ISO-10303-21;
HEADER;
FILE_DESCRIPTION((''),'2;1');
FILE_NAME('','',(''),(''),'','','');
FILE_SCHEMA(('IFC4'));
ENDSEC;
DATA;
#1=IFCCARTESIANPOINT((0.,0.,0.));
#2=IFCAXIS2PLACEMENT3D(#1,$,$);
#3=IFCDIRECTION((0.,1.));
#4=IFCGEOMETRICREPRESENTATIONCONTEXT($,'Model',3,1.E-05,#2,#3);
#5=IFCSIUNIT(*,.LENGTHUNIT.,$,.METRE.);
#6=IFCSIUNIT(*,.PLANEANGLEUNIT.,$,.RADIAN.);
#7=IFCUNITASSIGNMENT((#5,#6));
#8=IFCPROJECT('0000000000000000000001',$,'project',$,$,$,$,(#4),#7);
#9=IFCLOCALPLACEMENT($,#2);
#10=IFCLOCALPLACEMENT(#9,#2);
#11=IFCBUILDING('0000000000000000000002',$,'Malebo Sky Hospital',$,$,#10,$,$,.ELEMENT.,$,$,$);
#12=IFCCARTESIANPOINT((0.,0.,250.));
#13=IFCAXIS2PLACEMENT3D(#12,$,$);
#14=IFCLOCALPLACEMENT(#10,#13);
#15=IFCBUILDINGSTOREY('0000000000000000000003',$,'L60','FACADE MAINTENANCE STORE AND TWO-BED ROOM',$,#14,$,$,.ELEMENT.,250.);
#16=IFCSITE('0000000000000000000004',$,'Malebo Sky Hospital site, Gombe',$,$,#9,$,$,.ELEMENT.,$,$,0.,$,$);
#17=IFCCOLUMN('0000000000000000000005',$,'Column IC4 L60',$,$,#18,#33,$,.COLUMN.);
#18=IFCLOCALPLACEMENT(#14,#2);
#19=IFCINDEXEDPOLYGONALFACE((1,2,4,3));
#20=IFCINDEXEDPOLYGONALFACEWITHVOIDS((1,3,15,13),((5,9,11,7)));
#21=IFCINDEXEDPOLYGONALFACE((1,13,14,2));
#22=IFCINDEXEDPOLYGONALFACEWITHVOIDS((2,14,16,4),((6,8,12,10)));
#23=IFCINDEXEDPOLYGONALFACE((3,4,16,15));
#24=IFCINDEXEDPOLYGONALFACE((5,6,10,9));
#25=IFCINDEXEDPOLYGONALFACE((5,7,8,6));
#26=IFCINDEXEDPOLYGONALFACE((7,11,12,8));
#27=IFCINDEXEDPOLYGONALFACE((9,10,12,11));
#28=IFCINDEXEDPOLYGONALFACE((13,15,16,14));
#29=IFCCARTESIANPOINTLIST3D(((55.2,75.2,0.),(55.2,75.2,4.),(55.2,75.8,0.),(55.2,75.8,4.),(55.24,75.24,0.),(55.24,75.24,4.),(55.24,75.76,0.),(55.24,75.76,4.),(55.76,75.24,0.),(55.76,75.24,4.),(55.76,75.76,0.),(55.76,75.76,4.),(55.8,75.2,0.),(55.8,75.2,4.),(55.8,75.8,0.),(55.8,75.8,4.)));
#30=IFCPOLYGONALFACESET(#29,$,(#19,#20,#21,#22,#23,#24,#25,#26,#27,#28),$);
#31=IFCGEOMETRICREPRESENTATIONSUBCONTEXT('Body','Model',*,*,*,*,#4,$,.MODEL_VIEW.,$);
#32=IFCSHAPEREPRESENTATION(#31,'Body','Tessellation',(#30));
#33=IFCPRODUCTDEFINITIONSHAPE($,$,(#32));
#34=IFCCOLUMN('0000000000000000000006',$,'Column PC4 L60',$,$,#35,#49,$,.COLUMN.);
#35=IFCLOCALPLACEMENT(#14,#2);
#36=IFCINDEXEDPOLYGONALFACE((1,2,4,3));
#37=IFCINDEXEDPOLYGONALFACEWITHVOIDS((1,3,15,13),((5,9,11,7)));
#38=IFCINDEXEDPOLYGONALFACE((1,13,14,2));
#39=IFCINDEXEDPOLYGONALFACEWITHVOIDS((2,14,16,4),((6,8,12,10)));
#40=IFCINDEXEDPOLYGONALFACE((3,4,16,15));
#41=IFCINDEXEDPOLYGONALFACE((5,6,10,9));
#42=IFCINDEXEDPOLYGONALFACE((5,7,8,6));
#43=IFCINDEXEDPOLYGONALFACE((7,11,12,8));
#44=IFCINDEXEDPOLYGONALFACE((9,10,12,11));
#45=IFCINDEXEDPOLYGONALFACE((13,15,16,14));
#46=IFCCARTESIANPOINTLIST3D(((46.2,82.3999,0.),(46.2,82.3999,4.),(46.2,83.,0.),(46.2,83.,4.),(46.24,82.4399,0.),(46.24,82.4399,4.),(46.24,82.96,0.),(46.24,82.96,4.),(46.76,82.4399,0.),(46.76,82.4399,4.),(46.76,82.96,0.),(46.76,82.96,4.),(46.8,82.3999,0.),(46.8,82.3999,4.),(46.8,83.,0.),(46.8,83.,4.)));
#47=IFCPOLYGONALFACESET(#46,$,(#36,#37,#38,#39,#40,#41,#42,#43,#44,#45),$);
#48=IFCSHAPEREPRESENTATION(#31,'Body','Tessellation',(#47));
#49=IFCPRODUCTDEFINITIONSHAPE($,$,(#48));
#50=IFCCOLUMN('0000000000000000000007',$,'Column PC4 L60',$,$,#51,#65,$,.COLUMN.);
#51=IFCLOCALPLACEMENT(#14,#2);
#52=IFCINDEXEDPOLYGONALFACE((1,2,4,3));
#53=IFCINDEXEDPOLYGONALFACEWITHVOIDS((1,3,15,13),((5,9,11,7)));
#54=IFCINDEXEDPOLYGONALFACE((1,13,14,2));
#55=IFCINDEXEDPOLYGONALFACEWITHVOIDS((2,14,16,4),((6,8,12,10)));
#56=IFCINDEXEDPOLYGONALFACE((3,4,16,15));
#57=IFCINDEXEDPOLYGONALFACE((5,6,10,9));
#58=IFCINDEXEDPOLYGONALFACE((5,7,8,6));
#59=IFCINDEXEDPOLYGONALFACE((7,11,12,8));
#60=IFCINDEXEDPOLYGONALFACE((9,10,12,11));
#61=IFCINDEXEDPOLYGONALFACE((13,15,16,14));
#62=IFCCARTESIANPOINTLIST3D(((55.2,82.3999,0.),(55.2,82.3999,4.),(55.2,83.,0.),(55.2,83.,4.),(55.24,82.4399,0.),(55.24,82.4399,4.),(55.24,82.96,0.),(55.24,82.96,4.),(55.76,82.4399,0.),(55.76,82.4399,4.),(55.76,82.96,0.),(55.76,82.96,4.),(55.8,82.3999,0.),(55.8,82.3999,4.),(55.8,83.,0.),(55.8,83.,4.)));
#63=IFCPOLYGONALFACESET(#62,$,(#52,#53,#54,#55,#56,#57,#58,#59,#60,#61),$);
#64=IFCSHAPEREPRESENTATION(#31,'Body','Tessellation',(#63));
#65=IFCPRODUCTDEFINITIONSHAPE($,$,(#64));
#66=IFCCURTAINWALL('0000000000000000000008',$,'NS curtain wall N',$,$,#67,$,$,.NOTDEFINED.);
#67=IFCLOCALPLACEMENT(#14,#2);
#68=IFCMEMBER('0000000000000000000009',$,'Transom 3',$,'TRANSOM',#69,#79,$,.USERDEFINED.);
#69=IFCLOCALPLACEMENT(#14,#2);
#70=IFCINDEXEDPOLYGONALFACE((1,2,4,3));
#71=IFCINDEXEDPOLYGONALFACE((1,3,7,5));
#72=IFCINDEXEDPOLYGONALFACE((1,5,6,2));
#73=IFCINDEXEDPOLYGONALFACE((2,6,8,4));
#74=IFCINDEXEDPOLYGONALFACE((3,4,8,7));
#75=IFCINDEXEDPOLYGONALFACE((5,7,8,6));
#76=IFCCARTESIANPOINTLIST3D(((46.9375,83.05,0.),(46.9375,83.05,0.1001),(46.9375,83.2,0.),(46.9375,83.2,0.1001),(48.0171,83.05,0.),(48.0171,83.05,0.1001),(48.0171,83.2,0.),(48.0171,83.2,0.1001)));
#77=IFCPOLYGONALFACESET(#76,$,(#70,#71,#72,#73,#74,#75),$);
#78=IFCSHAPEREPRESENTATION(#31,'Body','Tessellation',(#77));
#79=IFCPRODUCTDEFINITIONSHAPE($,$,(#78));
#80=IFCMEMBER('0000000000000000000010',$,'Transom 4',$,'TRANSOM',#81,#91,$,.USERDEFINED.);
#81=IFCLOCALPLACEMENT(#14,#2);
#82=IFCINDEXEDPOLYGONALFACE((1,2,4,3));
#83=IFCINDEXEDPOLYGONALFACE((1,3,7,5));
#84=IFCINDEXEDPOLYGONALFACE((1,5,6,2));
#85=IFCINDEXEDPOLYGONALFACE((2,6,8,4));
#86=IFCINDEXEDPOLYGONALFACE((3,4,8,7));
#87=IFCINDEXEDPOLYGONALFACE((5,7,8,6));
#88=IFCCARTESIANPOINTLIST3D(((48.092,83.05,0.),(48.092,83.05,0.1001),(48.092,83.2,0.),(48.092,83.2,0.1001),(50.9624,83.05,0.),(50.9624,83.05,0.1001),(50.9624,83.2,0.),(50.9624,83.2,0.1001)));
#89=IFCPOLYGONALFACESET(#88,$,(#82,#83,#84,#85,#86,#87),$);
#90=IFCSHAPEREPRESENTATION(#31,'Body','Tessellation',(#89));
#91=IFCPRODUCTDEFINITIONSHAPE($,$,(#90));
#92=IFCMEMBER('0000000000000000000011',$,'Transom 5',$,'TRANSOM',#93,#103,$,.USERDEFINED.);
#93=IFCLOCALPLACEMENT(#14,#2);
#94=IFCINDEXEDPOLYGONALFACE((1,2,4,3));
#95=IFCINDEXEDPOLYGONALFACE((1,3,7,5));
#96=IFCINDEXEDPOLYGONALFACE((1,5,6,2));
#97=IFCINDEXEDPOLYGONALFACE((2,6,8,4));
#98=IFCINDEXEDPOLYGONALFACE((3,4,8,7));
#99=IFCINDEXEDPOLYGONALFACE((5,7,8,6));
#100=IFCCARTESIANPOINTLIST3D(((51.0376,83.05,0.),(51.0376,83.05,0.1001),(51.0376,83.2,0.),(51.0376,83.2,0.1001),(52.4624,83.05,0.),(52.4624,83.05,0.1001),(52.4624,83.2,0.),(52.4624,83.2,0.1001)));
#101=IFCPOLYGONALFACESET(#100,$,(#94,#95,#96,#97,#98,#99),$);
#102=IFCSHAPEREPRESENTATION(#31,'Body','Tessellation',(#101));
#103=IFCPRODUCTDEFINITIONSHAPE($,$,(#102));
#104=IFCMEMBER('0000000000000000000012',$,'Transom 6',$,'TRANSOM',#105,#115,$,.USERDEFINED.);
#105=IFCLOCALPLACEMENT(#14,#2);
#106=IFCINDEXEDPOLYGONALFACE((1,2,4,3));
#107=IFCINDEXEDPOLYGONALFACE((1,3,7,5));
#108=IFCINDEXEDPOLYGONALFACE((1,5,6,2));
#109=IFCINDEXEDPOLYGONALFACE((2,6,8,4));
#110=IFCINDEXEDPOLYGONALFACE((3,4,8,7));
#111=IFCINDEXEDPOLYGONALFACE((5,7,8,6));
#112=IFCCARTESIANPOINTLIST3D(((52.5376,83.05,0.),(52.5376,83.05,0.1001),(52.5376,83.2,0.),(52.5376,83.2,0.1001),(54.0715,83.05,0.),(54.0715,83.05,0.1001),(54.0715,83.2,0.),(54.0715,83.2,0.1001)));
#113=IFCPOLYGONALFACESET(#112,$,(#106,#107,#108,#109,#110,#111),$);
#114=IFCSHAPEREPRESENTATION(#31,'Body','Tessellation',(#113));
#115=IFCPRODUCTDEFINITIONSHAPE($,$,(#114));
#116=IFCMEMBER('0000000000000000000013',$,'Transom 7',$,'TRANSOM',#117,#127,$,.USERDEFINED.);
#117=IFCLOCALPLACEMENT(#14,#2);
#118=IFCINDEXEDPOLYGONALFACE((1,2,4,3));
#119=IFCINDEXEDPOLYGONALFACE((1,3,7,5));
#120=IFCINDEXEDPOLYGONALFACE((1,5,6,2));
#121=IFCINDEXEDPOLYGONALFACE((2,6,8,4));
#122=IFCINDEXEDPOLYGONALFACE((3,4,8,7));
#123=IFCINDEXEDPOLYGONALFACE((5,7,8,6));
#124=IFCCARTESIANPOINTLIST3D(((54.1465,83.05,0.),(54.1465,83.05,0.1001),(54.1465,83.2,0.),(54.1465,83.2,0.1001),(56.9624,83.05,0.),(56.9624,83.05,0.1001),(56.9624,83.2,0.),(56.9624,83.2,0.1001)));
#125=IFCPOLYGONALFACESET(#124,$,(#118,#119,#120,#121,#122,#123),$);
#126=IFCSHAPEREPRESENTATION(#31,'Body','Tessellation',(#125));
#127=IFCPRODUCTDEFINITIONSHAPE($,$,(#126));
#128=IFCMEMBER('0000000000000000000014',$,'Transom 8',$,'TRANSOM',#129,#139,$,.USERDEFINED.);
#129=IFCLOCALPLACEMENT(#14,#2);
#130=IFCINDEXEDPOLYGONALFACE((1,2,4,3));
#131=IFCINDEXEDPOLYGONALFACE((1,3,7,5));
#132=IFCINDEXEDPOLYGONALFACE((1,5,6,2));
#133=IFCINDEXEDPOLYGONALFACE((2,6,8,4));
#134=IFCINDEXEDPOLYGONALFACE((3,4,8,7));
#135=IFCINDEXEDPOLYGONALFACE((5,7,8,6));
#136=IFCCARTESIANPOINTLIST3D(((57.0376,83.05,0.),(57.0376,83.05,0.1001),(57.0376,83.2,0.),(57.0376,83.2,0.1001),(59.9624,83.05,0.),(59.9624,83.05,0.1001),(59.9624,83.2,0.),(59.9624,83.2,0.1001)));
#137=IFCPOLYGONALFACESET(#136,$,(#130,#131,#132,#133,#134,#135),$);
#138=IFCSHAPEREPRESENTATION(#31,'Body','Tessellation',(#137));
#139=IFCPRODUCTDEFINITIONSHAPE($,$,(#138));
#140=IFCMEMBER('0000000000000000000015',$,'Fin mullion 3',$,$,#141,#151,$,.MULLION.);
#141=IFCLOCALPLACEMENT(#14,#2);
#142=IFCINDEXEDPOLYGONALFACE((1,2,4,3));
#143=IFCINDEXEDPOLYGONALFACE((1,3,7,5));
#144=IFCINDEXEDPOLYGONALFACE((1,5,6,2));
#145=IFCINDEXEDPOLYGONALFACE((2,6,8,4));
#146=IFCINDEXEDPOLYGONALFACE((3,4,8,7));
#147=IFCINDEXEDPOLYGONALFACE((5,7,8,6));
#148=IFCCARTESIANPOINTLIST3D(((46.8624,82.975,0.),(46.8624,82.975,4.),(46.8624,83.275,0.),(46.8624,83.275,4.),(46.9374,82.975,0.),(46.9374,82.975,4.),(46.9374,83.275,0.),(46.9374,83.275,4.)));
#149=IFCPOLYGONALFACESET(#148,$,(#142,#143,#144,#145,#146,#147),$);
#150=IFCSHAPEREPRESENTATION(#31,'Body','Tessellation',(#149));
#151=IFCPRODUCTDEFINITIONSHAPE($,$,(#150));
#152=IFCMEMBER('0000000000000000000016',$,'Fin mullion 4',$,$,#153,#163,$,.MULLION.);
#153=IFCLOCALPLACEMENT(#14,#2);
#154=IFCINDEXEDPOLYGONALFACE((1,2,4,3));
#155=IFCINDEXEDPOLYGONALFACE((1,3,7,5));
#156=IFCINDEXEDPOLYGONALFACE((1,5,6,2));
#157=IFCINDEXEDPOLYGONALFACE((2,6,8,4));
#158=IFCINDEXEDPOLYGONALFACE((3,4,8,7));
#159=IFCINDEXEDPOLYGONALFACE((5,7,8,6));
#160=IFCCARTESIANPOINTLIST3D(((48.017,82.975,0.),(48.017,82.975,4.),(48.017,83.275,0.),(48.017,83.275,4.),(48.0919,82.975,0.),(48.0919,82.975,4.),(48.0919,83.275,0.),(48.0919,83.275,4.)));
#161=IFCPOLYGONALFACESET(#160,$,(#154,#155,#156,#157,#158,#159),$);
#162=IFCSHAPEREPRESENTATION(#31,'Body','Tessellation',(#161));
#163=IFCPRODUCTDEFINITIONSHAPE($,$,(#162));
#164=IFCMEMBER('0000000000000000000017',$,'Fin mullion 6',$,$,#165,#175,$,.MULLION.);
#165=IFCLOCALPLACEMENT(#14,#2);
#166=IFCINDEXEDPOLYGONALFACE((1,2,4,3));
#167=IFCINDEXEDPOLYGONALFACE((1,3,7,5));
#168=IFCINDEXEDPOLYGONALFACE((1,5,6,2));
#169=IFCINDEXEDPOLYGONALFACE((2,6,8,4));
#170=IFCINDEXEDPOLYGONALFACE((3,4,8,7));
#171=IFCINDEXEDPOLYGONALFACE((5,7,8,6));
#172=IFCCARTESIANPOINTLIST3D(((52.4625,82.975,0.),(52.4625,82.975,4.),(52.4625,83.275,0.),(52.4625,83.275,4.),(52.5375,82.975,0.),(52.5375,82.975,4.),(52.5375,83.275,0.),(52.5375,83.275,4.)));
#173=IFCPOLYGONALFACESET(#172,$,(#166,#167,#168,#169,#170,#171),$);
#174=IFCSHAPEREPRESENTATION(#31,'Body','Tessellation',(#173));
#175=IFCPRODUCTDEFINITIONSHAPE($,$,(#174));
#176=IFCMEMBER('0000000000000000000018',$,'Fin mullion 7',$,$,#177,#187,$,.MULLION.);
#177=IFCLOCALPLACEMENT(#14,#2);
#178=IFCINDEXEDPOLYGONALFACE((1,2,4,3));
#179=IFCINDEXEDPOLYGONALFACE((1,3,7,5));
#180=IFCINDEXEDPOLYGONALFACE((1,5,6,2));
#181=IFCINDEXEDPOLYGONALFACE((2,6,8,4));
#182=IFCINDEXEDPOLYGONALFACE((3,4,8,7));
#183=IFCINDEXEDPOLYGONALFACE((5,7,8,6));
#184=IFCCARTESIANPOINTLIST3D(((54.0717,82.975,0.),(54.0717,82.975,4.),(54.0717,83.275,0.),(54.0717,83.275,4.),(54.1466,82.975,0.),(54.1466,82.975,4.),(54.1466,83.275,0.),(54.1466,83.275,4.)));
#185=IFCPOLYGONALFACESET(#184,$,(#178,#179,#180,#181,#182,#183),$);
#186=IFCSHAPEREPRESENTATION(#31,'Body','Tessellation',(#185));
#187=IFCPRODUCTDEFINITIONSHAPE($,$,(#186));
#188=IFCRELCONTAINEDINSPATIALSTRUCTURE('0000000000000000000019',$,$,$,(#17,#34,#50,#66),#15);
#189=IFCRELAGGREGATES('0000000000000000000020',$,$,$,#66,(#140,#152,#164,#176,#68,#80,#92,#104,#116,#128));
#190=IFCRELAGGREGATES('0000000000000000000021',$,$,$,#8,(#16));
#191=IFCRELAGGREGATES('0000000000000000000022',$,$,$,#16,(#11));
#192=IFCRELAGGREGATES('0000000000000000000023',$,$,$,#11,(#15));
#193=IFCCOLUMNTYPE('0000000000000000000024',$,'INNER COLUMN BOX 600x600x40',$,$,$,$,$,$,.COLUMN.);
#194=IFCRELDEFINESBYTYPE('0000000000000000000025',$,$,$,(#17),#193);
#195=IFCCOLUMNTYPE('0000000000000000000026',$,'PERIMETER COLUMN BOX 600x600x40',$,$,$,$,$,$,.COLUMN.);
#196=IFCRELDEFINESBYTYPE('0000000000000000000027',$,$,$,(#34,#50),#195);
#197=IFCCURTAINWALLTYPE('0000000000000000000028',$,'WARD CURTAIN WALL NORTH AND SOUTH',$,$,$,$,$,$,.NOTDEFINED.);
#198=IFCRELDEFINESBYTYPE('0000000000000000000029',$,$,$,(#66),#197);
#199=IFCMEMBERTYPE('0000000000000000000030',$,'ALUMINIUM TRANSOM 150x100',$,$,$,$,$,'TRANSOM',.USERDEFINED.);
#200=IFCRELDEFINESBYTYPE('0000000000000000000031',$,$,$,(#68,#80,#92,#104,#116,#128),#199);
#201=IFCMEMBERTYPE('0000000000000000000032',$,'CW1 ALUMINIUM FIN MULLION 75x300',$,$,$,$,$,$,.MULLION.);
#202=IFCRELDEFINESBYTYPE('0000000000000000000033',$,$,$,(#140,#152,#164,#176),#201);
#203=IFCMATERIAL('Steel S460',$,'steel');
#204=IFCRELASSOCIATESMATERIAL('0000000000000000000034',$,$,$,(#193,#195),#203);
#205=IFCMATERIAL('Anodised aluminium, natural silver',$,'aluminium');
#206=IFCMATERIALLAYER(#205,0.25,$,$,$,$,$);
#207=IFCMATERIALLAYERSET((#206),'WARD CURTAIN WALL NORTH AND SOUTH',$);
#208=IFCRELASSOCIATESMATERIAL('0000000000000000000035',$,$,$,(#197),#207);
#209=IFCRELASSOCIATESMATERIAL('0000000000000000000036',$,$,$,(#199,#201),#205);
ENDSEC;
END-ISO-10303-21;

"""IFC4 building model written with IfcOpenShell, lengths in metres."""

from ifc_helpers import new_model, si_unit, direction, frame, origin, origin_2d, place, context, subcontext, project, spatial, rectangle, hollow_rectangle, extrude, material, layer, layer_set, material_profile, profile_set, type_object, element, aggregate, save


model = new_model("IFC4")

# Units and contexts
model_context = context("Model", 3, precision=1e-05, world=origin(), true_north=direction((0.0, 1.0)))
body_context = subcontext(model_context, "Body", "Model", "MODEL_VIEW")
ifc_project = project(units=[si_unit("LENGTHUNIT", "METRE"), si_unit("PLANEANGLEUNIT", "RADIAN")], contexts=[model_context])

# Site, building, storey
site_placement = place(None, origin())
site = spatial("IfcSite", under=ifc_project, at=site_placement, Name="Malebo Sky Hospital site, Gombe", CompositionType="ELEMENT", RefElevation=0.0)
building_placement = place(site_placement, origin())
building = spatial("IfcBuilding", under=site, at=building_placement, Name="Malebo Sky Hospital", CompositionType="ELEMENT")
storey_placement = place(building_placement, frame((0.0, 0.0, 250.0)))
storey = spatial("IfcBuildingStorey", under=building, at=storey_placement, Name="L60", Description="FACADE MAINTENANCE STORE AND TWO-BED ROOM", CompositionType="ELEMENT", Elevation=250.0)

# Columns
ifc_material_1 = material(Name="Steel S460", Category="steel")
ifc_material_profile_1 = material_profile(ifc_material_1, hollow_rectangle(XDim=0.6001, YDim=0.6001, WallThickness=0.04, at=origin_2d()), Name="BOX 600x600x40")
ifc_profile_set_1 = profile_set([ifc_material_profile_1], Name="Steel S460")
column_type_1 = type_object("IfcColumnType", Name="INNER COLUMN BOX 600x600x40", PredefinedType="COLUMN", material=ifc_profile_set_1)
column_placement = place(storey_placement, frame((55.5, 75.5, 0.0), z_axis=(0.0, 0.0, 1.0), x_axis=(1.0, 0.0, 0.0)))
element("IfcColumn", 1, at=column_placement, inside=storey, type_object=column_type_1, Name="Column IC4 L60", PredefinedType="COLUMN", context=body_context, shape_type="SweptSolid", body=[
    extrude(hollow_rectangle(XDim=0.6001, YDim=0.6001, WallThickness=0.04, at=origin_2d()), origin(), (0.0, 0.0, 1.0), 4.0),
])
ifc_material_profile_2 = material_profile(ifc_material_1, hollow_rectangle(XDim=0.6001, YDim=0.6001, WallThickness=0.04, at=origin_2d()), Name="BOX 600x600x40")
ifc_profile_set_2 = profile_set([ifc_material_profile_2], Name="Steel S460")
column_type_2 = type_object("IfcColumnType", Name="PERIMETER COLUMN BOX 600x600x40", PredefinedType="COLUMN", material=ifc_profile_set_2)
for number, where, z_axis, x_axis, name in (
    (2, (46.5, 82.7, 0.0), (0.0, 0.0, 1.0), (1.0, 0.0, 0.0), "Column PC4 L60"),
    (3, (55.5, 82.7, 0.0), (0.0, 0.0, 1.0), (1.0, 0.0, 0.0), "Column PC4 L60"),
):
    element("IfcColumn", number, at=place(storey_placement, frame(where, z_axis=z_axis, x_axis=x_axis)), inside=storey, type_object=column_type_2, Name=name, PredefinedType="COLUMN", context=body_context, shape_type="SweptSolid", body=[
        extrude(hollow_rectangle(XDim=0.6001, YDim=0.6001, WallThickness=0.04, at=origin_2d()), origin(), (0.0, 0.0, 1.0), 4.0),
    ])

# Curtain wall, members
ifc_material_2 = material(Name="Anodised aluminium, natural silver", Category="aluminium")
ifc_layer_1 = layer(ifc_material_2, 0.25)
ifc_layer_set_1 = layer_set([ifc_layer_1], Name="WARD CURTAIN WALL NORTH AND SOUTH")
curtain_wall_type = type_object("IfcCurtainWallType", Name="WARD CURTAIN WALL NORTH AND SOUTH", PredefinedType="NOTDEFINED", material=ifc_layer_set_1)
curtain_wall_placement = place(storey_placement, origin())
curtain_wall = element("IfcCurtainWall", 4, at=curtain_wall_placement, inside=storey, type_object=curtain_wall_type, Name="NS curtain wall N", PredefinedType="NOTDEFINED")
ifc_material_profile_3 = material_profile(ifc_material_2, rectangle(XDim=0.1499, YDim=0.1001, at=origin_2d()), Name="ALUMINIUM TRANSOM 150x100")
ifc_profile_set_3 = profile_set([ifc_material_profile_3], Name="Anodised aluminium, natural silver")
member_type_1 = type_object("IfcMemberType", Name="ALUMINIUM TRANSOM 150x100", ElementType="TRANSOM", PredefinedType="USERDEFINED", material=ifc_profile_set_3)
member_1_placement = place(storey_placement, frame((46.9375, 83.125, 0.05), z_axis=(1.0, 0.0, 0.0), x_axis=(0.0, 1.0, 0.0)))
member_1 = element("IfcMember", 5, at=member_1_placement, type_object=member_type_1, Name="Transom 3", ObjectType="TRANSOM", PredefinedType="USERDEFINED", context=body_context, shape_type="SweptSolid", body=[
    extrude(rectangle(XDim=0.1499, YDim=0.1001, at=origin_2d()), origin(), (0.0, 0.0, 1.0), 1.0796),
])
member_2_placement = place(storey_placement, frame((48.092, 83.125, 0.05), z_axis=(1.0, 0.0, 0.0), x_axis=(0.0, 1.0, 0.0)))
member_2 = element("IfcMember", 6, at=member_2_placement, type_object=member_type_1, Name="Transom 4", ObjectType="TRANSOM", PredefinedType="USERDEFINED", context=body_context, shape_type="SweptSolid", body=[
    extrude(rectangle(XDim=0.1499, YDim=0.1001, at=origin_2d()), origin(), (0.0, 0.0, 1.0), 2.8704),
])
member_3_placement = place(storey_placement, frame((51.0376, 83.125, 0.05), z_axis=(1.0, 0.0, 0.0), x_axis=(0.0, 1.0, 0.0)))
member_3 = element("IfcMember", 7, at=member_3_placement, type_object=member_type_1, Name="Transom 5", ObjectType="TRANSOM", PredefinedType="USERDEFINED", context=body_context, shape_type="SweptSolid", body=[
    extrude(rectangle(XDim=0.1499, YDim=0.1001, at=origin_2d()), origin(), (0.0, 0.0, 1.0), 1.4248),
])
member_4_placement = place(storey_placement, frame((52.5376, 83.125, 0.05), z_axis=(1.0, 0.0, 0.0), x_axis=(0.0, 1.0, 0.0)))
member_4 = element("IfcMember", 8, at=member_4_placement, type_object=member_type_1, Name="Transom 6", ObjectType="TRANSOM", PredefinedType="USERDEFINED", context=body_context, shape_type="SweptSolid", body=[
    extrude(rectangle(XDim=0.1499, YDim=0.1001, at=origin_2d()), origin(), (0.0, 0.0, 1.0), 1.5339),
])
member_5_placement = place(storey_placement, frame((54.1465, 83.125, 0.05), z_axis=(1.0, 0.0, 0.0), x_axis=(0.0, 1.0, 0.0)))
member_5 = element("IfcMember", 9, at=member_5_placement, type_object=member_type_1, Name="Transom 7", ObjectType="TRANSOM", PredefinedType="USERDEFINED", context=body_context, shape_type="SweptSolid", body=[
    extrude(rectangle(XDim=0.1499, YDim=0.1001, at=origin_2d()), origin(), (0.0, 0.0, 1.0), 2.8159),
])
member_6_placement = place(storey_placement, frame((57.0376, 83.125, 0.05), z_axis=(1.0, 0.0, 0.0), x_axis=(0.0, 1.0, 0.0)))
member_6 = element("IfcMember", 10, at=member_6_placement, type_object=member_type_1, Name="Transom 8", ObjectType="TRANSOM", PredefinedType="USERDEFINED", context=body_context, shape_type="SweptSolid", body=[
    extrude(rectangle(XDim=0.1499, YDim=0.1001, at=origin_2d()), origin(), (0.0, 0.0, 1.0), 2.9248),
])
ifc_material_profile_4 = material_profile(ifc_material_2, rectangle(XDim=0.075, YDim=0.3, at=origin_2d()), Name="CW1 ALUMINIUM FIN MULLION 75x300")
ifc_profile_set_4 = profile_set([ifc_material_profile_4], Name="Anodised aluminium, natural silver")
member_type_2 = type_object("IfcMemberType", Name="CW1 ALUMINIUM FIN MULLION 75x300", PredefinedType="MULLION", material=ifc_profile_set_4)
member_7_placement = place(storey_placement, frame((46.8999, 83.125, 0.0), z_axis=(0.0, 0.0, 1.0), x_axis=(1.0, 0.0, 0.0)))
member_7 = element("IfcMember", 11, at=member_7_placement, type_object=member_type_2, Name="Fin mullion 3", PredefinedType="MULLION", context=body_context, shape_type="SweptSolid", body=[
    extrude(rectangle(XDim=0.075, YDim=0.3, at=origin_2d()), origin(), (0.0, 0.0, 1.0), 4.0),
])
member_8_placement = place(storey_placement, frame((48.0544, 83.125, 0.0), z_axis=(0.0, 0.0, 1.0), x_axis=(1.0, 0.0, 0.0)))
member_8 = element("IfcMember", 12, at=member_8_placement, type_object=member_type_2, Name="Fin mullion 4", PredefinedType="MULLION", context=body_context, shape_type="SweptSolid", body=[
    extrude(rectangle(XDim=0.075, YDim=0.3, at=origin_2d()), origin(), (0.0, 0.0, 1.0), 4.0),
])
member_9_placement = place(storey_placement, frame((52.5, 83.125, 0.0), z_axis=(0.0, 0.0, 1.0), x_axis=(1.0, 0.0, 0.0)))
member_9 = element("IfcMember", 13, at=member_9_placement, type_object=member_type_2, Name="Fin mullion 6", PredefinedType="MULLION", context=body_context, shape_type="SweptSolid", body=[
    extrude(rectangle(XDim=0.075, YDim=0.3, at=origin_2d()), origin(), (0.0, 0.0, 1.0), 4.0),
])
member_10_placement = place(storey_placement, frame((54.1091, 83.125, 0.0), z_axis=(0.0, 0.0, 1.0), x_axis=(1.0, 0.0, 0.0)))
member_10 = element("IfcMember", 14, at=member_10_placement, type_object=member_type_2, Name="Fin mullion 7", PredefinedType="MULLION", context=body_context, shape_type="SweptSolid", body=[
    extrude(rectangle(XDim=0.075, YDim=0.3, at=origin_2d()), origin(), (0.0, 0.0, 1.0), 4.0),
])

aggregate(curtain_wall, [member_7, member_8, member_9, member_10, member_1, member_2, member_3, member_4, member_5, member_6])

save(model, "model.ifc")
